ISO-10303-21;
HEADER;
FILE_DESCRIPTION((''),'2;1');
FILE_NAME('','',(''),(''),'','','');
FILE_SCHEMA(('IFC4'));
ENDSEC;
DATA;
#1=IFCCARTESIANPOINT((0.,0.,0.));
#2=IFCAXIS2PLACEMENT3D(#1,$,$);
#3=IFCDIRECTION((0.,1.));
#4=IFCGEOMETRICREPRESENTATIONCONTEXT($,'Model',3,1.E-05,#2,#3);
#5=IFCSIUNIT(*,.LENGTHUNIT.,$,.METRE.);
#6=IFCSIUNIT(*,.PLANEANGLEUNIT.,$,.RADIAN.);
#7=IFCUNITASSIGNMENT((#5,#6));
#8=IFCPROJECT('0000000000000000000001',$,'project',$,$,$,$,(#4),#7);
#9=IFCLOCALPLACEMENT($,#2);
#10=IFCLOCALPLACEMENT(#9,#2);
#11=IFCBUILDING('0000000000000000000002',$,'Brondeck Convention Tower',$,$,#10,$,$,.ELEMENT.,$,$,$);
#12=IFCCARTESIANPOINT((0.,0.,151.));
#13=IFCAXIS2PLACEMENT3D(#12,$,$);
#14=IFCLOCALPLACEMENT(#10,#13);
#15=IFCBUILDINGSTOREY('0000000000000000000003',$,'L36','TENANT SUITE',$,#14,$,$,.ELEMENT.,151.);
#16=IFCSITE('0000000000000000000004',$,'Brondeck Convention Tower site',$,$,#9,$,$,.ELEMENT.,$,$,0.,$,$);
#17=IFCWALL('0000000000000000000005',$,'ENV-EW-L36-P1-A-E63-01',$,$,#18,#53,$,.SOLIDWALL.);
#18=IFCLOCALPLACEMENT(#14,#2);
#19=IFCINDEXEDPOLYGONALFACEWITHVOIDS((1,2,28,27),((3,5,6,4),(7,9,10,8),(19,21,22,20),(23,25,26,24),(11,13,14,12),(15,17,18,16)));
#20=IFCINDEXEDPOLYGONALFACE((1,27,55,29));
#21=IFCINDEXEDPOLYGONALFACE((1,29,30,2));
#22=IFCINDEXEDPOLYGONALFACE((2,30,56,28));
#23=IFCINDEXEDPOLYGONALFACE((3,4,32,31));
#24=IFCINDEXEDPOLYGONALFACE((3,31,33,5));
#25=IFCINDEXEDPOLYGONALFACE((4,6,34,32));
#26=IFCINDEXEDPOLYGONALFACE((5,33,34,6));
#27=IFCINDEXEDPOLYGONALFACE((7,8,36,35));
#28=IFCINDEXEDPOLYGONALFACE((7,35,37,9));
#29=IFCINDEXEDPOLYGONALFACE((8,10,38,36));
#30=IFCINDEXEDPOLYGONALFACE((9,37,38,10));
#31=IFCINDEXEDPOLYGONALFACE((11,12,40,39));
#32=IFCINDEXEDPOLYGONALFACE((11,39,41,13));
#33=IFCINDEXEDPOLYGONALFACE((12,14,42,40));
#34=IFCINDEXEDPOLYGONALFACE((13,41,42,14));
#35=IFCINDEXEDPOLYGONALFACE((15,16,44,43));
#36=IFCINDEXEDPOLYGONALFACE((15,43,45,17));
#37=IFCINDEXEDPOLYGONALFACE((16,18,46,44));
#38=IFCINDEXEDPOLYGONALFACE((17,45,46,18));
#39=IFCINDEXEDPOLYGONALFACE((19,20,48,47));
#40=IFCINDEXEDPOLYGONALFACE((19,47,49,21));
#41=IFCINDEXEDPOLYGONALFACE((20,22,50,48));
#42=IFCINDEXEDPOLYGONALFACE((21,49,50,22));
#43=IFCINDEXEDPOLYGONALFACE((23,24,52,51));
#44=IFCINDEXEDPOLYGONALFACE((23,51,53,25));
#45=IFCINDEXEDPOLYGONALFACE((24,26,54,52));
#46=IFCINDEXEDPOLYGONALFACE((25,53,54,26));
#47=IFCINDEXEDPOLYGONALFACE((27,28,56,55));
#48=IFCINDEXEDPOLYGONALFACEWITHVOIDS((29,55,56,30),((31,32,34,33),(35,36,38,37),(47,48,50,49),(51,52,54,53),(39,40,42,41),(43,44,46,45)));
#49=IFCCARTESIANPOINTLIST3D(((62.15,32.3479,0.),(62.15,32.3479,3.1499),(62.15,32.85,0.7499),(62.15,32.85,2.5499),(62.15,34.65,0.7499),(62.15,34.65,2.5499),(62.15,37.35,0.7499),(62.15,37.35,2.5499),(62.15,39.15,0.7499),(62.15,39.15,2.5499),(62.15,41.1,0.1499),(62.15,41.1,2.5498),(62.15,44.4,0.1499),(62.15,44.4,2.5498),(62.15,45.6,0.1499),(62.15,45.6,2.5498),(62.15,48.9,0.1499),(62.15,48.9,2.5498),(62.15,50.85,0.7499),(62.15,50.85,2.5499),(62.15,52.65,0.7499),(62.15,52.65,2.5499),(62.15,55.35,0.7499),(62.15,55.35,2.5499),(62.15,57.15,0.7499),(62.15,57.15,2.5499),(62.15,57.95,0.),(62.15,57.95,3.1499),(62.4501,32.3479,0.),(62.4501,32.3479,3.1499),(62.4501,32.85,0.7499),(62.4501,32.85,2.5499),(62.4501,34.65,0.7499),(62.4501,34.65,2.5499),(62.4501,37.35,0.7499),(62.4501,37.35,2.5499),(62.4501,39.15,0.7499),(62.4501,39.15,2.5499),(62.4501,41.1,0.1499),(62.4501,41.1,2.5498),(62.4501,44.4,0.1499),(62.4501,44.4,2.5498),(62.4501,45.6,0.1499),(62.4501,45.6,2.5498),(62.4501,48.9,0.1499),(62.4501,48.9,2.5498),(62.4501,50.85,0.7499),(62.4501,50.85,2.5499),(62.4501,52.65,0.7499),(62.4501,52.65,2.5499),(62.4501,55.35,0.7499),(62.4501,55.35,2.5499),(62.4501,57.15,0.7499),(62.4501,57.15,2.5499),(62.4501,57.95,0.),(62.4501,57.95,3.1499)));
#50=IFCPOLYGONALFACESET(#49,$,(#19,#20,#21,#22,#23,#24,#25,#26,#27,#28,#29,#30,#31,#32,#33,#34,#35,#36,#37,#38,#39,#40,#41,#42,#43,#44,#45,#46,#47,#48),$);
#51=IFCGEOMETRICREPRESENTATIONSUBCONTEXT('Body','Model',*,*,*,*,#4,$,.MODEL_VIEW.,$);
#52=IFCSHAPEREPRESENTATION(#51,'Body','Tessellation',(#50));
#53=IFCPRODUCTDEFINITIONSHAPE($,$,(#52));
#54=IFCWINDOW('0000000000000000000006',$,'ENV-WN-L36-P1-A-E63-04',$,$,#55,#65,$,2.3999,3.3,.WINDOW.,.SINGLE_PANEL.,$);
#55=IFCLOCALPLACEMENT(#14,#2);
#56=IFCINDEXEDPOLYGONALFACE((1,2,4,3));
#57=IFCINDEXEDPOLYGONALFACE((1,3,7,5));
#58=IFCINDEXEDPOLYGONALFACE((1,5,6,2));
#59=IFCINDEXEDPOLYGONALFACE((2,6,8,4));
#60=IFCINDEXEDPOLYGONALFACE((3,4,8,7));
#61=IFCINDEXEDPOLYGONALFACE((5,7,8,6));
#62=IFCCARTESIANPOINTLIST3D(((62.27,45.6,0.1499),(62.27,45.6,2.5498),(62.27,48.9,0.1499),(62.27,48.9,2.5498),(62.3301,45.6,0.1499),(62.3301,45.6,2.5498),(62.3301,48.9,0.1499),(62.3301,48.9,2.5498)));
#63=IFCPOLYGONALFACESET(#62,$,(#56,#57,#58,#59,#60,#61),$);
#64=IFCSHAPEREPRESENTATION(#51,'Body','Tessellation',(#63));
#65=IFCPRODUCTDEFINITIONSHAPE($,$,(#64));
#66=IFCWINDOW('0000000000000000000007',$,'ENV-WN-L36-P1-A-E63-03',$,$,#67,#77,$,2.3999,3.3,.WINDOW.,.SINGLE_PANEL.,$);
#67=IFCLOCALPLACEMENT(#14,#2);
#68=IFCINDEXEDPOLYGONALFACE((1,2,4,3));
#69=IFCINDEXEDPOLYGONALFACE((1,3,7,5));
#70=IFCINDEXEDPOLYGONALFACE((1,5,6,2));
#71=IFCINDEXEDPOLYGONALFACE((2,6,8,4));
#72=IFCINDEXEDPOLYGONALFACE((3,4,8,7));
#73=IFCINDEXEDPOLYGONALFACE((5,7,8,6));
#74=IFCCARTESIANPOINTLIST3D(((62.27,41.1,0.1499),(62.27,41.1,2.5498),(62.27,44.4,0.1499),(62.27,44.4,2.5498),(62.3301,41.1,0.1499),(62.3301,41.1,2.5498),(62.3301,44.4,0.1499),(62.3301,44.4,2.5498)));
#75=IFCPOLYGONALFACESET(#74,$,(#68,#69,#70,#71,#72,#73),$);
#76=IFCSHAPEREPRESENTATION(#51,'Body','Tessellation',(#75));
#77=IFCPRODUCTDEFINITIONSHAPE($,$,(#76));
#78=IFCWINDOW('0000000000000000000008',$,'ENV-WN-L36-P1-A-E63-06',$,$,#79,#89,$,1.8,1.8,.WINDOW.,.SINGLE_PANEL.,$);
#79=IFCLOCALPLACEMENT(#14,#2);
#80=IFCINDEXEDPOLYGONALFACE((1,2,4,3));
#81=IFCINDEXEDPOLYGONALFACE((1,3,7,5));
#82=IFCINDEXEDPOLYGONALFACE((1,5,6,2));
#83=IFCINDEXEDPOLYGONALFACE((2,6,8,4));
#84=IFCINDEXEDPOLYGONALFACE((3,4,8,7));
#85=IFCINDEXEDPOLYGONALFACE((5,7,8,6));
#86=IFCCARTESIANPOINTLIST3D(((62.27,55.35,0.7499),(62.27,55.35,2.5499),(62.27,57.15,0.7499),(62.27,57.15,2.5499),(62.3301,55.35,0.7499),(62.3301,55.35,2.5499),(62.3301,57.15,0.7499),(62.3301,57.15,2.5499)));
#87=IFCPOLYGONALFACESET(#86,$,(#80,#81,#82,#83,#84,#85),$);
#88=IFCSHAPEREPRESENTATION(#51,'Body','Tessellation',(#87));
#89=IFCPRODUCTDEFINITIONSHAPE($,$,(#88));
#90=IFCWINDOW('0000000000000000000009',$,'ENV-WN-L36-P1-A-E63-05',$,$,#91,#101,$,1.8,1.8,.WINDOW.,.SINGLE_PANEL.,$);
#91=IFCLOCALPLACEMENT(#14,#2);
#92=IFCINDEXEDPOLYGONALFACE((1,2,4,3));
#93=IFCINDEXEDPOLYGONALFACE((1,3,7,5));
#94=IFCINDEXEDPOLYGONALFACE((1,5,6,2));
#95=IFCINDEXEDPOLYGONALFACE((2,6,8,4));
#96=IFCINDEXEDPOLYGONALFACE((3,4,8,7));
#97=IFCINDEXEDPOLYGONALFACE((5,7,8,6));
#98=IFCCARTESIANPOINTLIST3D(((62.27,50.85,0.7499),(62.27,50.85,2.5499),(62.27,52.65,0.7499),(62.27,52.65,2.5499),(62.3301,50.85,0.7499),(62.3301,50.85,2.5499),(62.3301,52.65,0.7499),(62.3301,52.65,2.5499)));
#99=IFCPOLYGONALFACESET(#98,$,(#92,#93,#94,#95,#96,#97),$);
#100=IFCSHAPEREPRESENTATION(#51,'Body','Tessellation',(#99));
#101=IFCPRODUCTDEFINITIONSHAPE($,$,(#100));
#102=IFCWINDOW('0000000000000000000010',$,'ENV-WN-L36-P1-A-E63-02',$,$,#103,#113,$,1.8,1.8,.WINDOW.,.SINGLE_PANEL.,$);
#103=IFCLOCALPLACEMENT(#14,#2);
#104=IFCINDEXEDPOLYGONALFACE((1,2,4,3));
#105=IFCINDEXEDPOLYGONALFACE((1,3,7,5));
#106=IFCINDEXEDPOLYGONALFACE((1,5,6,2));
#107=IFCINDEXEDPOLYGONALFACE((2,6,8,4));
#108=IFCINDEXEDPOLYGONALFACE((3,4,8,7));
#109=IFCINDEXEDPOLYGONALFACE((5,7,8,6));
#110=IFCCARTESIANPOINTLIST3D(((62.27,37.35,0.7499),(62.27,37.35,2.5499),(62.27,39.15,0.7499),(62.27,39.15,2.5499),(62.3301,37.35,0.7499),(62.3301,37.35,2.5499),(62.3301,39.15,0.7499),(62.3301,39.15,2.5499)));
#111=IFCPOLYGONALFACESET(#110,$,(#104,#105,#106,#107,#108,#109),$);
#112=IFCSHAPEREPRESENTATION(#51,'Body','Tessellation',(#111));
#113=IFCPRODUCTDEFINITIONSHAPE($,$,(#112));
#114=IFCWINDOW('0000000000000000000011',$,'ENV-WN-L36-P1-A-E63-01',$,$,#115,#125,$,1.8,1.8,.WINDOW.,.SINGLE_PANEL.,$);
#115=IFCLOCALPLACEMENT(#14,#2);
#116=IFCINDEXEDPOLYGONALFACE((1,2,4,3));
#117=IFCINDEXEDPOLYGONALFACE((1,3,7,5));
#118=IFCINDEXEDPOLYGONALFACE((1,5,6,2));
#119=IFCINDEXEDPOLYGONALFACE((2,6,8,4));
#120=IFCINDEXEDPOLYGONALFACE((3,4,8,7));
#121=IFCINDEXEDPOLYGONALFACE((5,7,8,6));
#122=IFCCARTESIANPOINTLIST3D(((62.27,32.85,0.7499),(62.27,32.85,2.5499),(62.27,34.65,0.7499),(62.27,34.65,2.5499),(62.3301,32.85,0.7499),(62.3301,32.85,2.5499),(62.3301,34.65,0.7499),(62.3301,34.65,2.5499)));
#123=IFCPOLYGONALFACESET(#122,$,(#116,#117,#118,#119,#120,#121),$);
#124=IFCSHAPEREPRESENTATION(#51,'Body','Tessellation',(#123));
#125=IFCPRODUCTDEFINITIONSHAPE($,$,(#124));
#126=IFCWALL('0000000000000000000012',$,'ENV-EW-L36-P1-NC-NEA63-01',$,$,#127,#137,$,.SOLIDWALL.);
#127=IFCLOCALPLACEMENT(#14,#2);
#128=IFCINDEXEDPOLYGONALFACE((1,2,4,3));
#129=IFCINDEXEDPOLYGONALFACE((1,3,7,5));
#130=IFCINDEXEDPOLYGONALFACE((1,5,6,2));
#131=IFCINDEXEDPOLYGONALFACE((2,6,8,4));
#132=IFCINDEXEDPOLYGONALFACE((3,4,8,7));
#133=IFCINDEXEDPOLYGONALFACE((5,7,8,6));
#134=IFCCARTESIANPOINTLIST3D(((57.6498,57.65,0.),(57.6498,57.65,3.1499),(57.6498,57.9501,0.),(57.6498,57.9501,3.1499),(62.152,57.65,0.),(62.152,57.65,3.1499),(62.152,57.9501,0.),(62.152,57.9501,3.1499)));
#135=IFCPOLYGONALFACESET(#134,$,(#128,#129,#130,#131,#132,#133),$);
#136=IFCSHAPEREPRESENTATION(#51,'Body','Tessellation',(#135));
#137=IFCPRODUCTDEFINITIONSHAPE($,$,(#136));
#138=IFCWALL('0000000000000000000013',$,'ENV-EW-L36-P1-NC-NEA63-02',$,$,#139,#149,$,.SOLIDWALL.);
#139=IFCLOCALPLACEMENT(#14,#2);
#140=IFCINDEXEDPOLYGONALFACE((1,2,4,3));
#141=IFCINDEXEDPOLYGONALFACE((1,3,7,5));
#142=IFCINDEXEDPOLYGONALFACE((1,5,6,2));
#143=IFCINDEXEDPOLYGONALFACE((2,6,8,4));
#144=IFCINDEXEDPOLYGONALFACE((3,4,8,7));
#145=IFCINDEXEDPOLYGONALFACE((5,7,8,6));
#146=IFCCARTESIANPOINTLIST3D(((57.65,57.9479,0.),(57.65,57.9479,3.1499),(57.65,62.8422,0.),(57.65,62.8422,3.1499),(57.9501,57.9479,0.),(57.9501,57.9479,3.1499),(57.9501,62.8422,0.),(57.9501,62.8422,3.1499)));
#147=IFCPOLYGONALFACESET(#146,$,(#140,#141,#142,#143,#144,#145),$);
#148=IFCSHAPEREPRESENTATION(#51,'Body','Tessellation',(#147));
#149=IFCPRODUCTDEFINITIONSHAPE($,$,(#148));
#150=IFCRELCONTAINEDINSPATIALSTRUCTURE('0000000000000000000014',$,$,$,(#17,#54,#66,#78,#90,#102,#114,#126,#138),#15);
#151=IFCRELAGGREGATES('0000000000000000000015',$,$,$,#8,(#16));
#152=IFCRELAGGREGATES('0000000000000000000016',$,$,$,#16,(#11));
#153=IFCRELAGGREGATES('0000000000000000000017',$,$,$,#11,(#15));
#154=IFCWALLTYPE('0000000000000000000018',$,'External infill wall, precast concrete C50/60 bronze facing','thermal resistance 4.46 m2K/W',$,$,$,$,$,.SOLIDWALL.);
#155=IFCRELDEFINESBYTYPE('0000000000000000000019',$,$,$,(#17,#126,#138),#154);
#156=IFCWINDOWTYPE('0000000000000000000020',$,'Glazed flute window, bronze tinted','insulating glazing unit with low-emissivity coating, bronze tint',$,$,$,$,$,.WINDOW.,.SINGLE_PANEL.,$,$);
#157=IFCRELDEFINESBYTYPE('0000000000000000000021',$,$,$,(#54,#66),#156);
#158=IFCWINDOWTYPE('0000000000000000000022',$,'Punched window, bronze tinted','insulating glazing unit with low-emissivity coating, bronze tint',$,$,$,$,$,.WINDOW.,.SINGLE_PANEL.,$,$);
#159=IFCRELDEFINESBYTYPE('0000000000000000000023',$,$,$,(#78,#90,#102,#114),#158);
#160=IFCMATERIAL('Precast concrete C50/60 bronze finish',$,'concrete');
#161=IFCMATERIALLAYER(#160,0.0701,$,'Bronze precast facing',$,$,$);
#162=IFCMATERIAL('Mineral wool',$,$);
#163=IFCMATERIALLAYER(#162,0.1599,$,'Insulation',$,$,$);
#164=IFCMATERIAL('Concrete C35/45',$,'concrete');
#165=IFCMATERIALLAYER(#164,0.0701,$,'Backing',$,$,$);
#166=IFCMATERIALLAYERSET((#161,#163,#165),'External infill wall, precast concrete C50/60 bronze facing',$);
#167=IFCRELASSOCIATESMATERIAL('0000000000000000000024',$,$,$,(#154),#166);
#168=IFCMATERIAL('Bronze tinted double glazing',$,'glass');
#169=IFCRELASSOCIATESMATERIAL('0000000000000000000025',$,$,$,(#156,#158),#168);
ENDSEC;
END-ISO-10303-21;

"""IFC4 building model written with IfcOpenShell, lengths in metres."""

from ifc_helpers import new_model, si_unit, direction, frame, frame_2d, origin, place, context, subcontext, project, spatial, rectangle, extrude, material, layer, layer_set, type_object, element, fill, save


model = new_model("IFC4")

# Units and contexts
model_context = context("Model", 3, precision=1e-05, world=origin(), true_north=direction((0.0, 1.0)))
body_context = subcontext(model_context, "Body", "Model", "MODEL_VIEW")
ifc_project = project(units=[si_unit("LENGTHUNIT", "METRE"), si_unit("PLANEANGLEUNIT", "RADIAN")], contexts=[model_context])

# Site, building, storey
site_placement = place(None, origin())
site = spatial("IfcSite", under=ifc_project, at=site_placement, Name="Brondeck Convention Tower site", CompositionType="ELEMENT", RefElevation=0.0)
building_placement = place(site_placement, origin())
building = spatial("IfcBuilding", under=site, at=building_placement, Name="Brondeck Convention Tower", CompositionType="ELEMENT")
storey_placement = place(building_placement, frame((0.0, 0.0, 151.0)))
storey = spatial("IfcBuildingStorey", under=building, at=storey_placement, Name="L36", Description="TENANT SUITE", CompositionType="ELEMENT", Elevation=151.0)

# Wall, openings, windows
ifc_material_1 = material(Name="Precast concrete C50/60 bronze finish", Category="concrete")
ifc_layer_1 = layer(ifc_material_1, 0.0701, Name="Bronze precast facing")
ifc_material_2 = material(Name="Mineral wool")
ifc_layer_2 = layer(ifc_material_2, 0.1599, Name="Insulation")
ifc_material_3 = material(Name="Concrete C35/45", Category="concrete")
ifc_layer_3 = layer(ifc_material_3, 0.0701, Name="Backing")
ifc_layer_set = layer_set([ifc_layer_1, ifc_layer_2, ifc_layer_3], Name="External infill wall, precast concrete C50/60 bronze facing")
wall_type = type_object("IfcWallType", Name="External infill wall, precast concrete C50/60 bronze facing", Description="thermal resistance 4.46 m2K/W", PredefinedType="SOLIDWALL", material=ifc_layer_set)
wall_1_placement = place(storey_placement, frame((62.3, 57.95, 0.0), z_axis=(0.0, 0.0, 1.0), x_axis=(0.0, -1.0, 0.0)))
wall_1 = element("IfcWall", 1, at=wall_1_placement, inside=storey, type_object=wall_type, Name="ENV-EW-L36-P1-A-E63-01", PredefinedType="SOLIDWALL", context=body_context, shape_type="SweptSolid", body=[
    extrude(rectangle(XDim=25.6021, YDim=0.3, at=frame_2d((12.801, 0.0))), origin(), (0.0, 0.0, 1.0), 3.1499),
])
opening_1_placement = place(wall_1_placement, frame((0.8, 0.0, 0.75)))
opening_1 = element("IfcOpeningElement", 2, at=opening_1_placement, cuts=wall_1, PredefinedType="OPENING", context=body_context, shape_type="SweptSolid", body=[
    extrude(rectangle(XDim=1.8, YDim=1.8, at=frame_2d((0.8999, 0.8999))), frame((0.0, 0.1599, 0.0), z_axis=(0.0, -1.0, 0.0), x_axis=(1.0, 0.0, 0.0)), (0.0, 0.0, 1.0), 0.3201),
])
opening_2_placement = place(wall_1_placement, frame((5.3, 0.0, 0.75)))
opening_2 = element("IfcOpeningElement", 3, at=opening_2_placement, cuts=wall_1, PredefinedType="OPENING", context=body_context, shape_type="SweptSolid", body=[
    extrude(rectangle(XDim=1.8, YDim=1.8, at=frame_2d((0.8999, 0.8999))), frame((0.0, 0.1599, 0.0), z_axis=(0.0, -1.0, 0.0), x_axis=(1.0, 0.0, 0.0)), (0.0, 0.0, 1.0), 0.3201),
])
opening_3_placement = place(wall_1_placement, frame((9.05, 0.0, 0.1499)))
opening_3 = element("IfcOpeningElement", 4, at=opening_3_placement, cuts=wall_1, PredefinedType="OPENING", context=body_context, shape_type="SweptSolid", body=[
    extrude(rectangle(XDim=3.3, YDim=2.3999, at=frame_2d((1.6499, 1.2))), frame((0.0, 0.1599, 0.0), z_axis=(0.0, -1.0, 0.0), x_axis=(1.0, 0.0, 0.0)), (0.0, 0.0, 1.0), 0.3201),
])
opening_4_placement = place(wall_1_placement, frame((13.55, 0.0, 0.1499)))
opening_4 = element("IfcOpeningElement", 5, at=opening_4_placement, cuts=wall_1, PredefinedType="OPENING", context=body_context, shape_type="SweptSolid", body=[
    extrude(rectangle(XDim=3.3, YDim=2.3999, at=frame_2d((1.6499, 1.2))), frame((0.0, 0.1599, 0.0), z_axis=(0.0, -1.0, 0.0), x_axis=(1.0, 0.0, 0.0)), (0.0, 0.0, 1.0), 0.3201),
])
opening_5_placement = place(wall_1_placement, frame((18.8, 0.0, 0.75)))
opening_5 = element("IfcOpeningElement", 6, at=opening_5_placement, cuts=wall_1, PredefinedType="OPENING", context=body_context, shape_type="SweptSolid", body=[
    extrude(rectangle(XDim=1.8, YDim=1.8, at=frame_2d((0.8999, 0.8999))), frame((0.0, 0.1599, 0.0), z_axis=(0.0, -1.0, 0.0), x_axis=(1.0, 0.0, 0.0)), (0.0, 0.0, 1.0), 0.3201),
])
opening_6_placement = place(wall_1_placement, frame((23.3, 0.0, 0.75)))
opening_6 = element("IfcOpeningElement", 7, at=opening_6_placement, cuts=wall_1, PredefinedType="OPENING", context=body_context, shape_type="SweptSolid", body=[
    extrude(rectangle(XDim=1.8, YDim=1.8, at=frame_2d((0.8999, 0.8999))), frame((0.0, 0.1599, 0.0), z_axis=(0.0, -1.0, 0.0), x_axis=(1.0, 0.0, 0.0)), (0.0, 0.0, 1.0), 0.3201),
])
ifc_material_4 = material(Name="Bronze tinted double glazing", Category="glass")
window_type_1 = type_object("IfcWindowType", Name="Glazed flute window, bronze tinted", Description="insulating glazing unit with low-emissivity coating, bronze tint", PartitioningType="SINGLE_PANEL", PredefinedType="WINDOW", material=ifc_material_4)
window_1_placement = place(opening_3_placement, origin())
window_1 = element("IfcWindow", 8, at=window_1_placement, inside=storey, type_object=window_type_1, Name="ENV-WN-L36-P1-A-E63-04", OverallHeight=2.3999, OverallWidth=3.3, PartitioningType="SINGLE_PANEL", PredefinedType="WINDOW", context=body_context, shape_type="SweptSolid", body=[
    extrude(rectangle(XDim=3.3, YDim=2.3999, at=frame_2d((1.6499, 1.2))), frame((0.0, 0.03, 0.0), z_axis=(0.0, -1.0, 0.0), x_axis=(1.0, 0.0, 0.0)), (0.0, 0.0, 1.0), 0.0601),
])
fill(opening_3, window_1)
window_2_placement = place(opening_4_placement, origin())
window_2 = element("IfcWindow", 9, at=window_2_placement, inside=storey, type_object=window_type_1, Name="ENV-WN-L36-P1-A-E63-03", OverallHeight=2.3999, OverallWidth=3.3, PartitioningType="SINGLE_PANEL", PredefinedType="WINDOW", context=body_context, shape_type="SweptSolid", body=[
    extrude(rectangle(XDim=3.3, YDim=2.3999, at=frame_2d((1.6499, 1.2))), frame((0.0, 0.03, 0.0), z_axis=(0.0, -1.0, 0.0), x_axis=(1.0, 0.0, 0.0)), (0.0, 0.0, 1.0), 0.0601),
])
fill(opening_4, window_2)
window_type_2 = type_object("IfcWindowType", Name="Punched window, bronze tinted", Description="insulating glazing unit with low-emissivity coating, bronze tint", PartitioningType="SINGLE_PANEL", PredefinedType="WINDOW", material=ifc_material_4)
window_3_placement = place(opening_1_placement, origin())
window_3 = element("IfcWindow", 10, at=window_3_placement, inside=storey, type_object=window_type_2, Name="ENV-WN-L36-P1-A-E63-06", OverallHeight=1.8, OverallWidth=1.8, PartitioningType="SINGLE_PANEL", PredefinedType="WINDOW", context=body_context, shape_type="SweptSolid", body=[
    extrude(rectangle(XDim=1.8, YDim=1.8, at=frame_2d((0.8999, 0.8999))), frame((0.0, 0.03, 0.0), z_axis=(0.0, -1.0, 0.0), x_axis=(1.0, 0.0, 0.0)), (0.0, 0.0, 1.0), 0.0601),
])
fill(opening_1, window_3)
window_4_placement = place(opening_2_placement, origin())
window_4 = element("IfcWindow", 11, at=window_4_placement, inside=storey, type_object=window_type_2, Name="ENV-WN-L36-P1-A-E63-05", OverallHeight=1.8, OverallWidth=1.8, PartitioningType="SINGLE_PANEL", PredefinedType="WINDOW", context=body_context, shape_type="SweptSolid", body=[
    extrude(rectangle(XDim=1.8, YDim=1.8, at=frame_2d((0.8999, 0.8999))), frame((0.0, 0.03, 0.0), z_axis=(0.0, -1.0, 0.0), x_axis=(1.0, 0.0, 0.0)), (0.0, 0.0, 1.0), 0.0601),
])
fill(opening_2, window_4)
window_5_placement = place(opening_5_placement, origin())
window_5 = element("IfcWindow", 12, at=window_5_placement, inside=storey, type_object=window_type_2, Name="ENV-WN-L36-P1-A-E63-02", OverallHeight=1.8, OverallWidth=1.8, PartitioningType="SINGLE_PANEL", PredefinedType="WINDOW", context=body_context, shape_type="SweptSolid", body=[
    extrude(rectangle(XDim=1.8, YDim=1.8, at=frame_2d((0.8999, 0.8999))), frame((0.0, 0.03, 0.0), z_axis=(0.0, -1.0, 0.0), x_axis=(1.0, 0.0, 0.0)), (0.0, 0.0, 1.0), 0.0601),
])
fill(opening_5, window_5)
window_6_placement = place(opening_6_placement, origin())
window_6 = element("IfcWindow", 13, at=window_6_placement, inside=storey, type_object=window_type_2, Name="ENV-WN-L36-P1-A-E63-01", OverallHeight=1.8, OverallWidth=1.8, PartitioningType="SINGLE_PANEL", PredefinedType="WINDOW", context=body_context, shape_type="SweptSolid", body=[
    extrude(rectangle(XDim=1.8, YDim=1.8, at=frame_2d((0.8999, 0.8999))), frame((0.0, 0.03, 0.0), z_axis=(0.0, -1.0, 0.0), x_axis=(1.0, 0.0, 0.0)), (0.0, 0.0, 1.0), 0.0601),
])
fill(opening_6, window_6)

# Walls
wall_2_placement = place(storey_placement, frame((57.6499, 57.8, 0.0), z_axis=(0.0, 0.0, 1.0), x_axis=(1.0, 0.0, 0.0)))
element("IfcWall", 14, at=wall_2_placement, inside=storey, type_object=wall_type, Name="ENV-EW-L36-P1-NC-NEA63-01", PredefinedType="SOLIDWALL", context=body_context, shape_type="SweptSolid", body=[
    extrude(rectangle(XDim=4.5022, YDim=0.3, at=frame_2d((2.251, 0.0))), origin(), (0.0, 0.0, 1.0), 3.1499),
])
wall_3_placement = place(storey_placement, frame((57.8, 62.8423, 0.0), z_axis=(0.0, 0.0, 1.0), x_axis=(0.0, -1.0, 0.0)))
element("IfcWall", 15, at=wall_3_placement, inside=storey, type_object=wall_type, Name="ENV-EW-L36-P1-NC-NEA63-02", PredefinedType="SOLIDWALL", context=body_context, shape_type="SweptSolid", body=[
    extrude(rectangle(XDim=4.8943, YDim=0.3, at=frame_2d((2.4473, 0.0))), origin(), (0.0, 0.0, 1.0), 3.1499),
])

save(model, "model.ifc")
